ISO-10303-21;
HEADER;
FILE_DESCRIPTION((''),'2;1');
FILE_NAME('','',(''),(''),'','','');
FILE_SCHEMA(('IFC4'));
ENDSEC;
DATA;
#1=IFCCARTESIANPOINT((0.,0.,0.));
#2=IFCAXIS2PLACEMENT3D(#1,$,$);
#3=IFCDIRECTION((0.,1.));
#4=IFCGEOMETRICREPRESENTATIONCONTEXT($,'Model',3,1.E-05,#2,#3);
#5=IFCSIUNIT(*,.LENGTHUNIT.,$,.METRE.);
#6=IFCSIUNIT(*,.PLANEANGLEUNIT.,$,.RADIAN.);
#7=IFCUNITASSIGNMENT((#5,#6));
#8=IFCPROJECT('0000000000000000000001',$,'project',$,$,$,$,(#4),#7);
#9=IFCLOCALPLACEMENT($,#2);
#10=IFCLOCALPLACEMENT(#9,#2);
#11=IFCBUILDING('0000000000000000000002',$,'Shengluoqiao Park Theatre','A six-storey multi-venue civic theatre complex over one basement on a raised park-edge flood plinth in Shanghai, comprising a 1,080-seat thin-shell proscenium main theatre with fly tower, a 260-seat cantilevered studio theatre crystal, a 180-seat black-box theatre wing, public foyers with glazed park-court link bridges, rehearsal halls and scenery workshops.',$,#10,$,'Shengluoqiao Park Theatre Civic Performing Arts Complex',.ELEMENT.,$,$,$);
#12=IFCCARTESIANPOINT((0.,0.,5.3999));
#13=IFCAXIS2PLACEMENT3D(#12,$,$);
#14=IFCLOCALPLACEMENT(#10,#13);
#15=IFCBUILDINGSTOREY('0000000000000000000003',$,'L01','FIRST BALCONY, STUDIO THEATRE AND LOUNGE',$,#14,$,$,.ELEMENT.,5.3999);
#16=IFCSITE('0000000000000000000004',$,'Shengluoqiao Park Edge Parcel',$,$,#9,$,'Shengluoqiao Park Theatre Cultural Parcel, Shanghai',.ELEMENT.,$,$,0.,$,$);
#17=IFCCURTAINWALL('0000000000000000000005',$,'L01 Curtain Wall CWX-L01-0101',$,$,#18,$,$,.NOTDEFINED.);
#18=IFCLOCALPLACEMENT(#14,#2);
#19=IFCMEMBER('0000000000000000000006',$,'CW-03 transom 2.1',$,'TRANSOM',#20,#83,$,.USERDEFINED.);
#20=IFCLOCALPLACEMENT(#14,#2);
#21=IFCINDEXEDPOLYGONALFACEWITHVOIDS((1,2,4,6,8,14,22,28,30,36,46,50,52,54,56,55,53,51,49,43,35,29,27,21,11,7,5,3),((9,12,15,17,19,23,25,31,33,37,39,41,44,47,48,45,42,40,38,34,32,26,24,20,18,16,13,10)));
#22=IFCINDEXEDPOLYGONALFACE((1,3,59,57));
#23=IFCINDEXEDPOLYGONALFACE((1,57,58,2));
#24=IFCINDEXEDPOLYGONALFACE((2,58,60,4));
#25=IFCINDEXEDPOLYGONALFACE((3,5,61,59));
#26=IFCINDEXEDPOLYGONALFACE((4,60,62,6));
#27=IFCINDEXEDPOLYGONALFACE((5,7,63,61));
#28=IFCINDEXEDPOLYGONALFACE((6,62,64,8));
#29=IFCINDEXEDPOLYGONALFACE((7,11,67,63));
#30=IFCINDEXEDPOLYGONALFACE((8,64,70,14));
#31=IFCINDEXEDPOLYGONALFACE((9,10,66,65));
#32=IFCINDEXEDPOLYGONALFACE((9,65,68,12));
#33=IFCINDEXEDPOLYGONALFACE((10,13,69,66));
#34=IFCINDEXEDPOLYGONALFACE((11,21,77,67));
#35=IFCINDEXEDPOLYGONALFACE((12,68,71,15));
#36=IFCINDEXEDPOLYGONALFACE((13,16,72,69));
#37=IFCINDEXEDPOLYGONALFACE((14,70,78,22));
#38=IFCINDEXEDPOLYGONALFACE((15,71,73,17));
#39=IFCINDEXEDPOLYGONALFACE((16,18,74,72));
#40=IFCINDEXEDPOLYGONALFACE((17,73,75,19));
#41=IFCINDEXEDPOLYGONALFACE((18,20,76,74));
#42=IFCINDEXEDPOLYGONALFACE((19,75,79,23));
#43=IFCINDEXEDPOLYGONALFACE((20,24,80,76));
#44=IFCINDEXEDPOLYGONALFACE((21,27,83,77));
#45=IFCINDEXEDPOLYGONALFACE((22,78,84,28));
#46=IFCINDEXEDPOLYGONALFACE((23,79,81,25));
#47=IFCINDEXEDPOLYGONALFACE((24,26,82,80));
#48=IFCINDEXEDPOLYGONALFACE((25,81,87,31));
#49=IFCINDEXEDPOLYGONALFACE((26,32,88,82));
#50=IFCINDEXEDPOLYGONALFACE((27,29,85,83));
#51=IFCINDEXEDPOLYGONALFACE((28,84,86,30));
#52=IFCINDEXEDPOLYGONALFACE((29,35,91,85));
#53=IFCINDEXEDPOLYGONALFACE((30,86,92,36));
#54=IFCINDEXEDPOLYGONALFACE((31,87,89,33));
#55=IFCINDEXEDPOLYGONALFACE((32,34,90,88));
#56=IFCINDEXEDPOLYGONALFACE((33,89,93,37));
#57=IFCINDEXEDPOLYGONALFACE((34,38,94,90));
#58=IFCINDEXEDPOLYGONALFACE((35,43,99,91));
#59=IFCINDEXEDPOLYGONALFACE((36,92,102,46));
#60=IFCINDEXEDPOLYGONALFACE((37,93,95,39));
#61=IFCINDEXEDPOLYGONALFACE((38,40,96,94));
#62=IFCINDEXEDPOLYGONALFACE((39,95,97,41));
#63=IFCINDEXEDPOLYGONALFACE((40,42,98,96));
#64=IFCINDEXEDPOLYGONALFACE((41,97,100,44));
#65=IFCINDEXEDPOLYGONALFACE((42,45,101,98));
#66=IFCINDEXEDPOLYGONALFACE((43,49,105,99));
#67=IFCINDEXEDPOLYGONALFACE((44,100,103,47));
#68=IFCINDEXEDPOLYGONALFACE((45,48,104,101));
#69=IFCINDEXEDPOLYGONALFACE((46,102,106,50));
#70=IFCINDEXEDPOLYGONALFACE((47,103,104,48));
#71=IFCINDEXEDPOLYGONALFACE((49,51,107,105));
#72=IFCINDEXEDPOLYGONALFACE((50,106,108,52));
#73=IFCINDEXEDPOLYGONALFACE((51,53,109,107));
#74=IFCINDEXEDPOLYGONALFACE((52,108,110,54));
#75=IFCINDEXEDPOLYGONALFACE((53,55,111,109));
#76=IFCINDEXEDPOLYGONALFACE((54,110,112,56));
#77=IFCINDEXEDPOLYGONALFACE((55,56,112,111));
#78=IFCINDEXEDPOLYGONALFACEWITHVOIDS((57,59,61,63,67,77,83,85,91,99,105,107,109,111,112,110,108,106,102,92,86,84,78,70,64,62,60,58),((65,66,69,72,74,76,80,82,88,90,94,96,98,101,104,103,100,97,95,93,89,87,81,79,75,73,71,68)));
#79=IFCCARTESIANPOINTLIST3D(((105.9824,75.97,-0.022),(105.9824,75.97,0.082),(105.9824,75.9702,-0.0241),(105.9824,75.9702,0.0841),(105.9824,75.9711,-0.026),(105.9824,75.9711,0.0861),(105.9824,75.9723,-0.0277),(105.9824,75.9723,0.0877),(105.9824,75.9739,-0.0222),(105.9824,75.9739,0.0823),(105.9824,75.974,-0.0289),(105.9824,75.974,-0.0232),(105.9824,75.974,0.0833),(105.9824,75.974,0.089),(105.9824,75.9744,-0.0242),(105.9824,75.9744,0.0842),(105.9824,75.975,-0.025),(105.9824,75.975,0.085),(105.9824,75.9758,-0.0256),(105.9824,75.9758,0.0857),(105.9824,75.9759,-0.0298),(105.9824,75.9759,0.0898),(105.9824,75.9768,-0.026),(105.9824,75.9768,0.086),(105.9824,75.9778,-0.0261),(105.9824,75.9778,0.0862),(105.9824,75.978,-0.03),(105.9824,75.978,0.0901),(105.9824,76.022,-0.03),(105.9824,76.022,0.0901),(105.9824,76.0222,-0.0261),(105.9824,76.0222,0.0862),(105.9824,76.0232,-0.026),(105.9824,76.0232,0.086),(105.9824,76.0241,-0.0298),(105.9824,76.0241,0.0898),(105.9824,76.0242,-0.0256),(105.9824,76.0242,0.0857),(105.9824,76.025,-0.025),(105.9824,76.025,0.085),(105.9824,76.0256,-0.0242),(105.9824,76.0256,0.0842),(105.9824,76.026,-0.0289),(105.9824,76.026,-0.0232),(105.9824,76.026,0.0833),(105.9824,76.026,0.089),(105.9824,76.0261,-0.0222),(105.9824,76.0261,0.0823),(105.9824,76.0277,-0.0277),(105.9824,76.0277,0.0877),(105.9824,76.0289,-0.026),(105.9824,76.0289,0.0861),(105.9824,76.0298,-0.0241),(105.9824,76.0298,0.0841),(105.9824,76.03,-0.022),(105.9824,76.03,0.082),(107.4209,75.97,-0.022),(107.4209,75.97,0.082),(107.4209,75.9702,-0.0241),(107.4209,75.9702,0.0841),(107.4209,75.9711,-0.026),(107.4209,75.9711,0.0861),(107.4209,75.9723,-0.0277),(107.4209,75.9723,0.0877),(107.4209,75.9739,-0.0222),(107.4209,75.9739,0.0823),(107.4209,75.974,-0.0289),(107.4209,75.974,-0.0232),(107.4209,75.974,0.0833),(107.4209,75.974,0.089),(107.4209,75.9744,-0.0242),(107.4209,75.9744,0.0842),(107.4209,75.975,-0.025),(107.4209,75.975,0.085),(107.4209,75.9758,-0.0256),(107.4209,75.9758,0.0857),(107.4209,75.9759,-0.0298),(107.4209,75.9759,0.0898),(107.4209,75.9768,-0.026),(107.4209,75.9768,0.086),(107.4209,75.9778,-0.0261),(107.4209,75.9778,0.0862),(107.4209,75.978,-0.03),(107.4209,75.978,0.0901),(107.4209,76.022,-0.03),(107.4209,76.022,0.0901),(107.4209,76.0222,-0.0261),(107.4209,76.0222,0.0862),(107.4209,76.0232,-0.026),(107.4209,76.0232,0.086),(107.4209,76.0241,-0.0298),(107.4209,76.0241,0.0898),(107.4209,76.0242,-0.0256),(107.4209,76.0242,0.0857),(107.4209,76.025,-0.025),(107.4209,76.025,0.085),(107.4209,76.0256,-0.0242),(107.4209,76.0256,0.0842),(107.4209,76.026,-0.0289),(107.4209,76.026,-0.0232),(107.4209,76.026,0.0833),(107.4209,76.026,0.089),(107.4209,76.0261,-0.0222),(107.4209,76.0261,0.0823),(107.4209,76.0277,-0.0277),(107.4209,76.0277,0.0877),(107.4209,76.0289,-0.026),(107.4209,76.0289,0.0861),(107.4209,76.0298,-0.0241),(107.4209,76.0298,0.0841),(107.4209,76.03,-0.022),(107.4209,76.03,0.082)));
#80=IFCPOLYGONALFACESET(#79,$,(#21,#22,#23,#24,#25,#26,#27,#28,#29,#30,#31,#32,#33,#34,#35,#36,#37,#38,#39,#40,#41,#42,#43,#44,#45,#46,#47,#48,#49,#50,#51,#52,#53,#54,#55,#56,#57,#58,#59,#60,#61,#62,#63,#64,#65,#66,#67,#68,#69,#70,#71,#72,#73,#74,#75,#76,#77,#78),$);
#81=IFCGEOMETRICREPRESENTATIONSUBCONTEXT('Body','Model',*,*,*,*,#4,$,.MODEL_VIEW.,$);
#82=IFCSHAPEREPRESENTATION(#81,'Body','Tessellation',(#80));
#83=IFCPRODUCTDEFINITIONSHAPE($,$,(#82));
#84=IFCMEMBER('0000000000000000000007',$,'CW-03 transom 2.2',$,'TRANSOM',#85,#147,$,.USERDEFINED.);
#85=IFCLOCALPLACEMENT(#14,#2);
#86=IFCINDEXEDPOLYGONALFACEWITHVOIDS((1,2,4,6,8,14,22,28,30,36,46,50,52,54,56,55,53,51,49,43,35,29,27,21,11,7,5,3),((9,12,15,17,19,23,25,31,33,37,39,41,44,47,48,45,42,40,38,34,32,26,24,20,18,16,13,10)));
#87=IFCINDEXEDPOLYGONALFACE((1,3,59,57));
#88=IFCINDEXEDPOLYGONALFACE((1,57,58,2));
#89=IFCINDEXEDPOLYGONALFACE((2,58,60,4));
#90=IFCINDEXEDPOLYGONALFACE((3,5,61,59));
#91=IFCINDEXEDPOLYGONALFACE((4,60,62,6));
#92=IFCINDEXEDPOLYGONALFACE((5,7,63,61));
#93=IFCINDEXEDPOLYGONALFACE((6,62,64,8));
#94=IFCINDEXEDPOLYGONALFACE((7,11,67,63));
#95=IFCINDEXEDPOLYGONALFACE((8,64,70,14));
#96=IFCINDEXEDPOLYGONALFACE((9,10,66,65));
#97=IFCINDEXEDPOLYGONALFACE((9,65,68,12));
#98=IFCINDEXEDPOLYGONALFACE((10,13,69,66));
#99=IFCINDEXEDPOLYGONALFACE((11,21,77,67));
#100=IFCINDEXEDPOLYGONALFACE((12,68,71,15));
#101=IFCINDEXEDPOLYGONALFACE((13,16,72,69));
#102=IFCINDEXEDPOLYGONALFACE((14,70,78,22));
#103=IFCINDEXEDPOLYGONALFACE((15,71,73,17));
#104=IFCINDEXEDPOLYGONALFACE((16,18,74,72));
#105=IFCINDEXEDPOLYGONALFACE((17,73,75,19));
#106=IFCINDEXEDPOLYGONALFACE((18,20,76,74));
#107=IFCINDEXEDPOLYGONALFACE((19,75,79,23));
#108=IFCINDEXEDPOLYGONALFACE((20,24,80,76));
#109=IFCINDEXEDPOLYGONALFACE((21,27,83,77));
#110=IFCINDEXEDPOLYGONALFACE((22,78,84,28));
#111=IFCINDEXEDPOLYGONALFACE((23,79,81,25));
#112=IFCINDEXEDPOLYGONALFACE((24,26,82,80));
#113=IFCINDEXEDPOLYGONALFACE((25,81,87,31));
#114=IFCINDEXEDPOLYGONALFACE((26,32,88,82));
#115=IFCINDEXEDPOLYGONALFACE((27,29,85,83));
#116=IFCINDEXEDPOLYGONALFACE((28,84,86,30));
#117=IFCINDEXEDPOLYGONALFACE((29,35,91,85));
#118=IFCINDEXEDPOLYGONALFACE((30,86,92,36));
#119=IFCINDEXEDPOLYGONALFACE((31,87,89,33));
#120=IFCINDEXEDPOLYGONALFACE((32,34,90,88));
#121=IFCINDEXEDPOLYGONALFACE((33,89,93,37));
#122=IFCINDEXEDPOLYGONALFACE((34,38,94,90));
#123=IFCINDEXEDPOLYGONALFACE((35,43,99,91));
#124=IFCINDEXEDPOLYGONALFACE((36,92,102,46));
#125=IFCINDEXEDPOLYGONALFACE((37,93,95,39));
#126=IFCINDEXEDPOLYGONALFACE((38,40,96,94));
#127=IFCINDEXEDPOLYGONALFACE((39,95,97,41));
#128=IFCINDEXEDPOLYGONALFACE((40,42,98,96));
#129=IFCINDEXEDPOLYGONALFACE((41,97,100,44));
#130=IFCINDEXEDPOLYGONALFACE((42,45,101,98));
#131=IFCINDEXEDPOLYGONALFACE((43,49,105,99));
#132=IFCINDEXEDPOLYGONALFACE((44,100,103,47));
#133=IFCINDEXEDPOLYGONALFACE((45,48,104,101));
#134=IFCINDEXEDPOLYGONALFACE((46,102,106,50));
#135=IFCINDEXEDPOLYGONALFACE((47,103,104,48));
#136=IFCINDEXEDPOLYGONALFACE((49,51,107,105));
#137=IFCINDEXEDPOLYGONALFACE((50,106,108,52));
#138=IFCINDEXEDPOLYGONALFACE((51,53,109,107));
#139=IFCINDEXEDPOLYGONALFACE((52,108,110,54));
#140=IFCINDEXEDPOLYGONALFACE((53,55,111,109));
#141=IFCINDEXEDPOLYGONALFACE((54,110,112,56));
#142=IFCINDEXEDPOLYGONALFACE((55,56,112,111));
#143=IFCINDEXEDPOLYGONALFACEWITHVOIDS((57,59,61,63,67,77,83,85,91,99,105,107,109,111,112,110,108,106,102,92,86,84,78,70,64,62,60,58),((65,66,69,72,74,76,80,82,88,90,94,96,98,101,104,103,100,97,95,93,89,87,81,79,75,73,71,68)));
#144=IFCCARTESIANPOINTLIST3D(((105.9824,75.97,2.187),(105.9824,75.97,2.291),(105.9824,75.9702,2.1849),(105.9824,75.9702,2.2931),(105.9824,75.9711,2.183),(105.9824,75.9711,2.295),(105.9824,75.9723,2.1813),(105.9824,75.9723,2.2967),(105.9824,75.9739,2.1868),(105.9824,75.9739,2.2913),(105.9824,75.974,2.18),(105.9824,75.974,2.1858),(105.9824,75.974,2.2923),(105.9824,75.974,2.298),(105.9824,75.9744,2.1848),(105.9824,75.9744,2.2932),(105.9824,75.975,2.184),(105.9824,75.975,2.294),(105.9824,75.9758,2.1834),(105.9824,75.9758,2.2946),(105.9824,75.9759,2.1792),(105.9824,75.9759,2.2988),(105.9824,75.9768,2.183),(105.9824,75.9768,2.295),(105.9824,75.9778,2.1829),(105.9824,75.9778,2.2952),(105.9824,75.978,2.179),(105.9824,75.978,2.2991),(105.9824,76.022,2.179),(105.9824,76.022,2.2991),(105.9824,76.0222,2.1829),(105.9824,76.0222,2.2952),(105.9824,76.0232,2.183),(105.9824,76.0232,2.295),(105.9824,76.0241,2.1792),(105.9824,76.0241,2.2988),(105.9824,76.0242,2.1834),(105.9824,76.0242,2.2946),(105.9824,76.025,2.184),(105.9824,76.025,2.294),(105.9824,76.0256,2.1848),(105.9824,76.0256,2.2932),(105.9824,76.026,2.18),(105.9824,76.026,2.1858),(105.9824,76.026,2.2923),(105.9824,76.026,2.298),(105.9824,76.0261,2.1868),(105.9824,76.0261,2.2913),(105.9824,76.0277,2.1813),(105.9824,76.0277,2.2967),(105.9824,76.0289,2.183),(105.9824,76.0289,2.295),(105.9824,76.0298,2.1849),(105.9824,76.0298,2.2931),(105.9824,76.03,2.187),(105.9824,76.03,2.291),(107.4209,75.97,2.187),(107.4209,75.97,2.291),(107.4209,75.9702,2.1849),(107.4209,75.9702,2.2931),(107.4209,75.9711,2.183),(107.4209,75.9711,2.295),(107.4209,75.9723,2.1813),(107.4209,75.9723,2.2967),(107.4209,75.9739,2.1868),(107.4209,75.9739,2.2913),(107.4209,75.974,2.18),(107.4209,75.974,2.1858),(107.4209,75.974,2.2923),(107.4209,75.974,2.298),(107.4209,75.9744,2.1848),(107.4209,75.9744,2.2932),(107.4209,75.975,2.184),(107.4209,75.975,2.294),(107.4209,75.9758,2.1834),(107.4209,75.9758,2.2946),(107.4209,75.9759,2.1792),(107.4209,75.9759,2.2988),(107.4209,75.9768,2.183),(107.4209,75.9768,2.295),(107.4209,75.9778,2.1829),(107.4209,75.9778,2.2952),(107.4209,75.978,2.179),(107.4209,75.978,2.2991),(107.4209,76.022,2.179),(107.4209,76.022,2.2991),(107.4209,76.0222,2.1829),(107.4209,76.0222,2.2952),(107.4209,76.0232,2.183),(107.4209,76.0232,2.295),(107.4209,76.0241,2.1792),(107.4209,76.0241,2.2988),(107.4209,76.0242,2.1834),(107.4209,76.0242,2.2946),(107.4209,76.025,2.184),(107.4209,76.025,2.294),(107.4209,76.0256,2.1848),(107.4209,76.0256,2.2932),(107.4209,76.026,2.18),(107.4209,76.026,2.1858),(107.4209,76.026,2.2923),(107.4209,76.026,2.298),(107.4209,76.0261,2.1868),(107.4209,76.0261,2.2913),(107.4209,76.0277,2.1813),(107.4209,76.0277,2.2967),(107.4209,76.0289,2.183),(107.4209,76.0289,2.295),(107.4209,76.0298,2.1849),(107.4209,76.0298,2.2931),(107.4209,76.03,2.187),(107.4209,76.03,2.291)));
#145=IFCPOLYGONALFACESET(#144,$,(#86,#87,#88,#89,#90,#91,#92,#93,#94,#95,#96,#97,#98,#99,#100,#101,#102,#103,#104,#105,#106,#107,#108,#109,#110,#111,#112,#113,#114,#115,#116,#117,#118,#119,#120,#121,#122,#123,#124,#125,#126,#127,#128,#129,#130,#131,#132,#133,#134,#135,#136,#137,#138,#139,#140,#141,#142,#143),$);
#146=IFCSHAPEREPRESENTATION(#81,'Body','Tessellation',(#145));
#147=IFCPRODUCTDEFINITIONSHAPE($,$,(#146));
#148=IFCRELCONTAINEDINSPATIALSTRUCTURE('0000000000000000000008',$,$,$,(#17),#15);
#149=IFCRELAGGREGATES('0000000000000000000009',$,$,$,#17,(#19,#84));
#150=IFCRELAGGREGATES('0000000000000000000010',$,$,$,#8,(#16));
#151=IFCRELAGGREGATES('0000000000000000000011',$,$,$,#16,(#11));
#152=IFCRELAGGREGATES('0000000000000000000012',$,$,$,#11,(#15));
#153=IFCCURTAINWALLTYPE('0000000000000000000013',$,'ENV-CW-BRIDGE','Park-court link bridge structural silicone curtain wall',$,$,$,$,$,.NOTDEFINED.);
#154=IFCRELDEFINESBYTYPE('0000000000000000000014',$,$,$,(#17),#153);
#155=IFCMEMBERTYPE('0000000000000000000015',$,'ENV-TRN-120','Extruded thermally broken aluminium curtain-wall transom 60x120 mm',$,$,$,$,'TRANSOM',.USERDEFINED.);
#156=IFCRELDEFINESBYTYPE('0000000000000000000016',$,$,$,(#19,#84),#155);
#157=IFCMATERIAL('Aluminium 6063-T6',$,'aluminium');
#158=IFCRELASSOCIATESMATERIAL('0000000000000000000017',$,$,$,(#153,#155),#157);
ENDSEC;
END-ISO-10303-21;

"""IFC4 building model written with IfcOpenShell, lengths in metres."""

from ifc_helpers import new_model, si_unit, direction, frame, origin, origin_2d, place, context, subcontext, project, spatial, hollow_rectangle, extrude, material, material_profile, profile_set, type_object, element, aggregate, save


model = new_model("IFC4")

# Units and contexts
model_context = context("Model", 3, precision=1e-05, world=origin(), true_north=direction((0.0, 1.0)))
body_context = subcontext(model_context, "Body", "Model", "MODEL_VIEW")
ifc_project = project(units=[si_unit("LENGTHUNIT", "METRE"), si_unit("PLANEANGLEUNIT", "RADIAN")], contexts=[model_context])

# Site, building, storey
site_placement = place(None, origin())
site = spatial("IfcSite", under=ifc_project, at=site_placement, Name="Shengluoqiao Park Edge Parcel", LongName="Shengluoqiao Park Theatre Cultural Parcel, Shanghai", CompositionType="ELEMENT", RefElevation=0.0)
building_placement = place(site_placement, origin())
building = spatial("IfcBuilding", under=site, at=building_placement, Name="Shengluoqiao Park Theatre", Description="A six-storey multi-venue civic theatre complex over one basement on a raised park-edge flood plinth in Shanghai, comprising a 1,080-seat thin-shell proscenium main theatre with fly tower, a 260-seat cantilevered studio theatre crystal, a 180-seat black-box theatre wing, public foyers with glazed park-court link bridges, rehearsal halls and scenery workshops.", LongName="Shengluoqiao Park Theatre Civic Performing Arts Complex", CompositionType="ELEMENT")
storey_placement = place(building_placement, frame((0.0, 0.0, 5.3999)))
storey = spatial("IfcBuildingStorey", under=building, at=storey_placement, Name="L01", Description="FIRST BALCONY, STUDIO THEATRE AND LOUNGE", CompositionType="ELEMENT", Elevation=5.3999)

# Curtain wall
ifc_material_1 = material(Name="Aluminium 6063-T6", Category="aluminium")
curtain_wall_type = type_object("IfcCurtainWallType", Name="ENV-CW-BRIDGE", Description="Park-court link bridge structural silicone curtain wall", PredefinedType="NOTDEFINED", material=ifc_material_1)
curtain_wall_1_placement = place(storey_placement, origin())
curtain_wall_1 = element("IfcCurtainWall", 1, at=curtain_wall_1_placement, inside=storey, type_object=curtain_wall_type, Name="L01 Curtain Wall CWX-L01-0101", PredefinedType="NOTDEFINED")

# Members
ifc_material_profile_1 = material_profile(ifc_material_1, hollow_rectangle(XDim=0.0601, YDim=0.1201, WallThickness=0.0039, InnerFilletRadius=0.0039, OuterFilletRadius=0.0081, at=origin_2d()), Name="ALU TRANSOM 120x60x4")
ifc_profile_set_1 = profile_set([ifc_material_profile_1], Name="Aluminium 6063-T6")
member_type_1 = type_object("IfcMemberType", Name="ENV-TRN-120", Description="Extruded thermally broken aluminium curtain-wall transom 60x120 mm", ElementType="TRANSOM", PredefinedType="USERDEFINED", material=ifc_profile_set_1)
member_1_placement = place(storey_placement, frame((105.9824, 76.0, 0.03), z_axis=(1.0, 0.0, 0.0), x_axis=(0.0, 1.0, 0.0)))
member_1 = element("IfcMember", 2, at=member_1_placement, type_object=member_type_1, Name="CW-03 transom 2.1", ObjectType="TRANSOM", PredefinedType="USERDEFINED", context=body_context, shape_type="SweptSolid", body=[
    extrude(hollow_rectangle(XDim=0.0601, YDim=0.1201, WallThickness=0.0039, InnerFilletRadius=0.0039, OuterFilletRadius=0.0081, at=origin_2d()), origin(), (0.0, 0.0, 1.0), 1.4385),
])
member_2_placement = place(storey_placement, frame((105.9824, 76.0, 2.239), z_axis=(1.0, 0.0, 0.0), x_axis=(0.0, 1.0, 0.0)))
member_2 = element("IfcMember", 3, at=member_2_placement, type_object=member_type_1, Name="CW-03 transom 2.2", ObjectType="TRANSOM", PredefinedType="USERDEFINED", context=body_context, shape_type="SweptSolid", body=[
    extrude(hollow_rectangle(XDim=0.0601, YDim=0.1201, WallThickness=0.0039, InnerFilletRadius=0.0039, OuterFilletRadius=0.0081, at=origin_2d()), origin(), (0.0, 0.0, 1.0), 1.4385),
])

aggregate(curtain_wall_1, [member_1, member_2])

save(model, "model.ifc")
